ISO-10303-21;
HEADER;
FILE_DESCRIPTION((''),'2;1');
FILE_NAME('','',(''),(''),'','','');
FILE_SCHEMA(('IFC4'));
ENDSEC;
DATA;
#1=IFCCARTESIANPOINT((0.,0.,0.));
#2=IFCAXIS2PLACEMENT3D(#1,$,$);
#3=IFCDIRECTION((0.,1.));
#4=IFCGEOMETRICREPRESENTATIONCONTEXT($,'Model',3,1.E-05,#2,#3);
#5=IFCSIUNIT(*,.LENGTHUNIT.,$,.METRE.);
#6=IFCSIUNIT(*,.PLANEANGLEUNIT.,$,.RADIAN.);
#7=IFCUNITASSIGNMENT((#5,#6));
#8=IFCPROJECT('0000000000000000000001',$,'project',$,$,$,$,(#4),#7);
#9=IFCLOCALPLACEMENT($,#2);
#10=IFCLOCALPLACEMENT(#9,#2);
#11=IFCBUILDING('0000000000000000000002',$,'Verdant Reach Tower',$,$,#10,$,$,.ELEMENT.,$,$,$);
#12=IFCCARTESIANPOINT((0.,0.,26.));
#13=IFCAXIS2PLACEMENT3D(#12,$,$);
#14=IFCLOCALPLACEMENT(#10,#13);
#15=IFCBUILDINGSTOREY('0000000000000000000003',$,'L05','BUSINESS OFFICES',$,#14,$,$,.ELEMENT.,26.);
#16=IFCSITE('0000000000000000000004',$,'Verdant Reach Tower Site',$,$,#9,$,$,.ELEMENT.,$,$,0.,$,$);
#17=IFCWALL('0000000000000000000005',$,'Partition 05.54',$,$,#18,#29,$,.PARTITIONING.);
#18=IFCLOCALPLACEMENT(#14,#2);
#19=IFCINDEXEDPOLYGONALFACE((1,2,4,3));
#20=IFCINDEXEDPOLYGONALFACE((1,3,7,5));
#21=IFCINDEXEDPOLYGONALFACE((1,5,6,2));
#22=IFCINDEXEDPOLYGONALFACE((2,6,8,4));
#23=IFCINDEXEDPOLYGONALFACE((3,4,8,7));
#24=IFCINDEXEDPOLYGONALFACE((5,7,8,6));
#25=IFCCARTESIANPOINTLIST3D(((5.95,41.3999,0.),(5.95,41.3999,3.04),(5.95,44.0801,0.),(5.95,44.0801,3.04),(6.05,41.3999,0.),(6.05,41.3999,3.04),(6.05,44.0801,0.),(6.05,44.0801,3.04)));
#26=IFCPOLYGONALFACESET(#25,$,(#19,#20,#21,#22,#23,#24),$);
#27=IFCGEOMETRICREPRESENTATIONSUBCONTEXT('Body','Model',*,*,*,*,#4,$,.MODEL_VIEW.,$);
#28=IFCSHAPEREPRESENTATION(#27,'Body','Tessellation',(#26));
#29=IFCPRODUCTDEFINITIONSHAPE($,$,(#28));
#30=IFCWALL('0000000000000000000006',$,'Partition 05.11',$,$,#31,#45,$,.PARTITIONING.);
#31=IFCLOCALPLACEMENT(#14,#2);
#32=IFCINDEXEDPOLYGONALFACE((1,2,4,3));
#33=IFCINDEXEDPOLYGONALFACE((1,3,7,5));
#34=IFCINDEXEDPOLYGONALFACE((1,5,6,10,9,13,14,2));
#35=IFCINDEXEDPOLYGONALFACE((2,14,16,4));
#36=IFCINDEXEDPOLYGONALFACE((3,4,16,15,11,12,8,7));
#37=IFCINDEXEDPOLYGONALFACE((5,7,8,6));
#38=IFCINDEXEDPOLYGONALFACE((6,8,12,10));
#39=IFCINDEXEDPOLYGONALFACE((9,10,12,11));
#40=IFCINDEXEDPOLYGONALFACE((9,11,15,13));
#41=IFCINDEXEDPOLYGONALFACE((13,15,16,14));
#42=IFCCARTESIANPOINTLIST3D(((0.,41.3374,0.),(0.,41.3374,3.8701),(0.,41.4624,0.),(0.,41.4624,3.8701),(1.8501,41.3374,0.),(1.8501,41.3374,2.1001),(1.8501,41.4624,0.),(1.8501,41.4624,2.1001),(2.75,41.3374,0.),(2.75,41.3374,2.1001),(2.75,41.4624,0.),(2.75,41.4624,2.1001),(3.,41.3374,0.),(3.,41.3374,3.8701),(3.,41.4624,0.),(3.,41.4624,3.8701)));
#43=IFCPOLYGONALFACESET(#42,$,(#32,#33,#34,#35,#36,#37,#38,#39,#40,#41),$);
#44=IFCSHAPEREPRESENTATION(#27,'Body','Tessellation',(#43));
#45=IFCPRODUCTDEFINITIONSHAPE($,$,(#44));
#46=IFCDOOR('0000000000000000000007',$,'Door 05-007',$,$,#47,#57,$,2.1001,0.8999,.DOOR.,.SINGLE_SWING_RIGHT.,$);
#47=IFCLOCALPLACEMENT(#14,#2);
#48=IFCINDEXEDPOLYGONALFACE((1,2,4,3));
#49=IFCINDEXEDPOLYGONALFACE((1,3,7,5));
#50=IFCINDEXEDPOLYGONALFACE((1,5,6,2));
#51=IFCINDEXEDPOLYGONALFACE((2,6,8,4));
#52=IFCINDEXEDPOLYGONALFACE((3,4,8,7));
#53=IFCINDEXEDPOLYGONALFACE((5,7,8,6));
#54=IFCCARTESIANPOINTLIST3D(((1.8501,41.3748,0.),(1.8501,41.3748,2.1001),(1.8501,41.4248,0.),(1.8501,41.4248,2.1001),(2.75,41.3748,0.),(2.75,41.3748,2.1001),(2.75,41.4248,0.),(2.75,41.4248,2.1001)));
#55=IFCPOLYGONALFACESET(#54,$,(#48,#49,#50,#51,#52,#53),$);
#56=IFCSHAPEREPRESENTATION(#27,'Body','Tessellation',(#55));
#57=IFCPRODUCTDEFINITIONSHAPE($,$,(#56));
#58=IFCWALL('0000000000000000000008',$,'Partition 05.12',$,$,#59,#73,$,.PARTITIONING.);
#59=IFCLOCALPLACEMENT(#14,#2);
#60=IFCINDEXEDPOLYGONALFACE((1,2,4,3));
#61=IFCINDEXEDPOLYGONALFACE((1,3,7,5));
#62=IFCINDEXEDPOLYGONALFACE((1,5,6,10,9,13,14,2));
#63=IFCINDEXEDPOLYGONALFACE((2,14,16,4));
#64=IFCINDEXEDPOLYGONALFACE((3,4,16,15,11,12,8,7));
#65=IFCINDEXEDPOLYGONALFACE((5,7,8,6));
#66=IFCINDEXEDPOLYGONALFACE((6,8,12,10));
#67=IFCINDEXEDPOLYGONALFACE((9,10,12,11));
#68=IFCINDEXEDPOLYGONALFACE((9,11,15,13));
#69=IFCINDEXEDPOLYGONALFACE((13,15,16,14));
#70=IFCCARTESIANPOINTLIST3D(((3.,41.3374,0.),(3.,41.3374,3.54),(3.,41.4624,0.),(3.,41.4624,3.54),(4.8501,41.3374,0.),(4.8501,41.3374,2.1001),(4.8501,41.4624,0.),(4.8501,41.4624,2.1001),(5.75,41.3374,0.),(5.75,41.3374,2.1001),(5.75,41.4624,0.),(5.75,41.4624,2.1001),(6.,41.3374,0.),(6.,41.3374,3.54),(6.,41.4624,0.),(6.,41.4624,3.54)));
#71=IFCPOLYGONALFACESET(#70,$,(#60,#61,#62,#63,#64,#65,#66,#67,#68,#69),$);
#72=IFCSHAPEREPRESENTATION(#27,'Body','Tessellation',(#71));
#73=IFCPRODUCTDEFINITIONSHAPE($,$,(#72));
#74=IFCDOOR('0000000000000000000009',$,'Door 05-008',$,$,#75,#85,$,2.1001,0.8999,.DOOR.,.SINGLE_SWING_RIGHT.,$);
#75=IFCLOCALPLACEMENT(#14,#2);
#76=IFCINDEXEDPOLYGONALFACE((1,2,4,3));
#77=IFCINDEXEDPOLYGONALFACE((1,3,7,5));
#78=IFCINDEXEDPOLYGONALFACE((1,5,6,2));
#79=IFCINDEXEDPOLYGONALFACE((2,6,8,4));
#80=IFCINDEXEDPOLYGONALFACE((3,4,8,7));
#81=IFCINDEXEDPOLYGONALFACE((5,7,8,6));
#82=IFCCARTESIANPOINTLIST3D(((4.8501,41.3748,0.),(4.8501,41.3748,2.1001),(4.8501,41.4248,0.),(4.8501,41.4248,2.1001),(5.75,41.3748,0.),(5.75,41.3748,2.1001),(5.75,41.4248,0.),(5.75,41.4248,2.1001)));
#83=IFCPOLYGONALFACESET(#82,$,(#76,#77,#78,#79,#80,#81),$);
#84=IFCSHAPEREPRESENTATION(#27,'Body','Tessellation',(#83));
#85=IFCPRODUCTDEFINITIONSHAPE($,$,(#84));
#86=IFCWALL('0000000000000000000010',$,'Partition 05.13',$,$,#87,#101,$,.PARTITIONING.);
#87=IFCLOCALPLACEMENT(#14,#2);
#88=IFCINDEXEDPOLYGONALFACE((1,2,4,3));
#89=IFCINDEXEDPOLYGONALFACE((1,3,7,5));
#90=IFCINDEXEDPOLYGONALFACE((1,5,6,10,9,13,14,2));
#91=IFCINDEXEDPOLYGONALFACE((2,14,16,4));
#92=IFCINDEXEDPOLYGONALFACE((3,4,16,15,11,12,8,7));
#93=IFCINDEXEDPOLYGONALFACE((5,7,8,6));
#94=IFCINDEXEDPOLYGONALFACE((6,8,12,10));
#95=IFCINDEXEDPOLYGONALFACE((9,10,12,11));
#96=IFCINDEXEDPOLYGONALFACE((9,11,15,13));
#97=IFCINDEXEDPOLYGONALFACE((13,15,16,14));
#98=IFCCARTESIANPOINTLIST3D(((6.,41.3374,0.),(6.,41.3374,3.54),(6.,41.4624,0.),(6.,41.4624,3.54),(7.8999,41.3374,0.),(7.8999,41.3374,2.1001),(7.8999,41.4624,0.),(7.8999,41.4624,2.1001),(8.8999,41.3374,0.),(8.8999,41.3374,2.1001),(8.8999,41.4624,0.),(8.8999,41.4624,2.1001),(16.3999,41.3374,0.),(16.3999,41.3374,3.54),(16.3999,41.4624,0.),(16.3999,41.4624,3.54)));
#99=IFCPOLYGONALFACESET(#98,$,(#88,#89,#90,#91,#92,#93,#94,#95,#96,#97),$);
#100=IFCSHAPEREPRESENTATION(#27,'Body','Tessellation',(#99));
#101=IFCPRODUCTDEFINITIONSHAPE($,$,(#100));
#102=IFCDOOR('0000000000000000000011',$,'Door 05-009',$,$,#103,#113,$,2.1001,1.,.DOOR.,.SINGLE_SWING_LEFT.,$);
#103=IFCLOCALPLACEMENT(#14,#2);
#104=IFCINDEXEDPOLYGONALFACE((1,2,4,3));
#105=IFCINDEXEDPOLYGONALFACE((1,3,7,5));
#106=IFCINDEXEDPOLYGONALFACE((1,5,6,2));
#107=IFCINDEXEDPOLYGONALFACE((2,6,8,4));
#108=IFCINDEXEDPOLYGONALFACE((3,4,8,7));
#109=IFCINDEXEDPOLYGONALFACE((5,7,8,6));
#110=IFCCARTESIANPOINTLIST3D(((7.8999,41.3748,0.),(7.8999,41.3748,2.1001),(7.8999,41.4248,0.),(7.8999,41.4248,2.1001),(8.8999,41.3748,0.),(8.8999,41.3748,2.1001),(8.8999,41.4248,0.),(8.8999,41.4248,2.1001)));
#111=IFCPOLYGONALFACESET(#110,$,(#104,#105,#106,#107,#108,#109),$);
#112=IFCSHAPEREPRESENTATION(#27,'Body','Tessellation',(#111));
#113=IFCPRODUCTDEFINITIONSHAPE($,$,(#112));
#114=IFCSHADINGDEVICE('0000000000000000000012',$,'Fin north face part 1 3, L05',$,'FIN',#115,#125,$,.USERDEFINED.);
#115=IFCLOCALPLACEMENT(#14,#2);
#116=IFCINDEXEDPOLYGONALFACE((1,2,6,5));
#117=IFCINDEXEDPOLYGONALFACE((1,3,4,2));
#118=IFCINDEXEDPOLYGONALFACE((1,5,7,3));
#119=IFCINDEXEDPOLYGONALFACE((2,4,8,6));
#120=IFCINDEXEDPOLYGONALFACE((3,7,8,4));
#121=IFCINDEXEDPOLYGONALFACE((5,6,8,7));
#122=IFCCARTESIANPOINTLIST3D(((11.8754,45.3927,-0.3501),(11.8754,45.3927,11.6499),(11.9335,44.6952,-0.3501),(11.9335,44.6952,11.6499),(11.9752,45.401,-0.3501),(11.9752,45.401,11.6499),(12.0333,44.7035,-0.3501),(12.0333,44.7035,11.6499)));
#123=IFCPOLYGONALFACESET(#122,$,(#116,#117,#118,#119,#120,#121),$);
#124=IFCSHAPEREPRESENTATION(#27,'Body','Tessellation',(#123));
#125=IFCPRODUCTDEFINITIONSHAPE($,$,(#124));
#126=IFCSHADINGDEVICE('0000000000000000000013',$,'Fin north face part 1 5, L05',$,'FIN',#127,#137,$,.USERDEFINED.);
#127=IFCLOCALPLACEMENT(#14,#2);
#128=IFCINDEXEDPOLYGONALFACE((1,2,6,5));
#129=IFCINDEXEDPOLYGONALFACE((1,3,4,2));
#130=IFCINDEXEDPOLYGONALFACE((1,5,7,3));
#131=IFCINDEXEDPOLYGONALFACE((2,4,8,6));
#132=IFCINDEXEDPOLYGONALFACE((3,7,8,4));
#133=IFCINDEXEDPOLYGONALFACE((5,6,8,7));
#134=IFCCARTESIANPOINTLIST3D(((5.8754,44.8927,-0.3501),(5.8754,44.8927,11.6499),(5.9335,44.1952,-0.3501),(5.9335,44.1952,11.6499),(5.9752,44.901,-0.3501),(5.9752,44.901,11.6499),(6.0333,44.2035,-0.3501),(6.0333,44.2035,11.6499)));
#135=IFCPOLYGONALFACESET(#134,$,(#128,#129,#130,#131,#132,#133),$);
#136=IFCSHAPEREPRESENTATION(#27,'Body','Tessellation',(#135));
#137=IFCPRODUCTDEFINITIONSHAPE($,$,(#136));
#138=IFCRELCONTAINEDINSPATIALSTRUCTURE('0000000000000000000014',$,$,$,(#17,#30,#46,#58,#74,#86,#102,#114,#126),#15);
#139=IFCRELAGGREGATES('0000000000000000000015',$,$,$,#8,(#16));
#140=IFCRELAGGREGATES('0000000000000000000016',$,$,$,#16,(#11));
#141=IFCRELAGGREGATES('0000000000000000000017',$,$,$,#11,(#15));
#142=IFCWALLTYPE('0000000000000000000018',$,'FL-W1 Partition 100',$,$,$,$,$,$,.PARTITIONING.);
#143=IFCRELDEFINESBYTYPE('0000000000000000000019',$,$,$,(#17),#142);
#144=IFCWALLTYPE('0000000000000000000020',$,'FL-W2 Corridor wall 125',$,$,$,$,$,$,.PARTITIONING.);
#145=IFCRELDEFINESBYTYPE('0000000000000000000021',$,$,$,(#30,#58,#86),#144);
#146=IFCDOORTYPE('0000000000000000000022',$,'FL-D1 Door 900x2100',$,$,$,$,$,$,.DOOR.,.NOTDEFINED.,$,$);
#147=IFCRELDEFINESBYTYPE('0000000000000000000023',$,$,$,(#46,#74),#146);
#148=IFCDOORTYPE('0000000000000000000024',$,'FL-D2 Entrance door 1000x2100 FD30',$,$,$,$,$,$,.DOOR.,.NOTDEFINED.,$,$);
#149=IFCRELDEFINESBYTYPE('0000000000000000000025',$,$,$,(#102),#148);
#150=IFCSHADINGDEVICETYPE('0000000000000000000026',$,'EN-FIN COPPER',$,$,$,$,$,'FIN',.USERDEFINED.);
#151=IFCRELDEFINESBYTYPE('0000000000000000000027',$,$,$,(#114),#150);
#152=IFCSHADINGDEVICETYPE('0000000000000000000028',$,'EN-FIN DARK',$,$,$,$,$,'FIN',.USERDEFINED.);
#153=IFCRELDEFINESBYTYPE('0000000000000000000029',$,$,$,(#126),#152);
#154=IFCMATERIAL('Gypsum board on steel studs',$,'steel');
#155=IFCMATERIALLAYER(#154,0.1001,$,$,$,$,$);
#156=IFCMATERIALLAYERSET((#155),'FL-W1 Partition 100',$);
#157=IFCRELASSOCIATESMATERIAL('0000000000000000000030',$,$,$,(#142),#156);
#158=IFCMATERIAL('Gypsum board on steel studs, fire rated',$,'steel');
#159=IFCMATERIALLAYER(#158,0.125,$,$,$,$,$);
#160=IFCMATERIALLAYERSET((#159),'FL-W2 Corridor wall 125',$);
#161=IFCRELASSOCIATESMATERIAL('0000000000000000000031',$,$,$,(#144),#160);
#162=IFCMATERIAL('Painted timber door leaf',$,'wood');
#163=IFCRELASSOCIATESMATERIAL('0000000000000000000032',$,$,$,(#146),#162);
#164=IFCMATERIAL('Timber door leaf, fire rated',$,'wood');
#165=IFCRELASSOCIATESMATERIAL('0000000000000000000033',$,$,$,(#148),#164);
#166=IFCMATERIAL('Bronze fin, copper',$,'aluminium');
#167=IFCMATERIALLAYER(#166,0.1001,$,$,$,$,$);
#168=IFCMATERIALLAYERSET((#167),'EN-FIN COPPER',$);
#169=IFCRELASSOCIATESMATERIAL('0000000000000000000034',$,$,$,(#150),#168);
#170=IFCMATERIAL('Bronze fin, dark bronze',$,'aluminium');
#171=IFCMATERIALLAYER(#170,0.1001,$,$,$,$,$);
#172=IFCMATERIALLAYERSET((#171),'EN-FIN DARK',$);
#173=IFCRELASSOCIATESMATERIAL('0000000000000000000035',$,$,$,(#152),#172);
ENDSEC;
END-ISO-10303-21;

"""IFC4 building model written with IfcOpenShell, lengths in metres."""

from ifc_helpers import new_model, si_unit, direction, frame, frame_2d, origin, origin_2d, place, context, subcontext, project, spatial, rectangle, extrude, material, layer, layer_set, type_object, element, fill, save


model = new_model("IFC4")

# Units and contexts
model_context = context("Model", 3, precision=1e-05, world=origin(), true_north=direction((0.0, 1.0)))
body_context = subcontext(model_context, "Body", "Model", "MODEL_VIEW")
ifc_project = project(units=[si_unit("LENGTHUNIT", "METRE"), si_unit("PLANEANGLEUNIT", "RADIAN")], contexts=[model_context])

# Site, building, storey
site_placement = place(None, origin())
site = spatial("IfcSite", under=ifc_project, at=site_placement, Name="Verdant Reach Tower Site", CompositionType="ELEMENT", RefElevation=0.0)
building_placement = place(site_placement, origin())
building = spatial("IfcBuilding", under=site, at=building_placement, Name="Verdant Reach Tower", CompositionType="ELEMENT")
storey_placement = place(building_placement, frame((0.0, 0.0, 26.0)))
storey = spatial("IfcBuildingStorey", under=building, at=storey_placement, Name="L05", Description="BUSINESS OFFICES", CompositionType="ELEMENT", Elevation=26.0)

# Wall
ifc_material_1 = material(Name="Gypsum board on steel studs", Category="steel")
ifc_layer_1 = layer(ifc_material_1, 0.1001)
ifc_layer_set_1 = layer_set([ifc_layer_1], Name="FL-W1 Partition 100")
wall_type_1 = type_object("IfcWallType", Name="FL-W1 Partition 100", PredefinedType="PARTITIONING", material=ifc_layer_set_1)
wall_1_placement = place(storey_placement, frame((6.0, 41.3999, 0.0), z_axis=(0.0, 0.0, 1.0), x_axis=(0.0, 1.0, 0.0)))
element("IfcWall", 1, at=wall_1_placement, inside=storey, type_object=wall_type_1, Name="Partition 05.54", PredefinedType="PARTITIONING", context=body_context, shape_type="SweptSolid", body=[
    extrude(rectangle(XDim=2.6802, YDim=0.1001, at=frame_2d((1.3401, 0.0))), origin(), (0.0, 0.0, 1.0), 3.04),
])

# Walls, openings, doors
ifc_material_2 = material(Name="Gypsum board on steel studs, fire rated", Category="steel")
ifc_layer_2 = layer(ifc_material_2, 0.125)
ifc_layer_set_2 = layer_set([ifc_layer_2], Name="FL-W2 Corridor wall 125")
wall_type_2 = type_object("IfcWallType", Name="FL-W2 Corridor wall 125", PredefinedType="PARTITIONING", material=ifc_layer_set_2)
wall_2_placement = place(storey_placement, frame((0.0, 41.3999, 0.0), z_axis=(0.0, 0.0, 1.0), x_axis=(1.0, 0.0, 0.0)))
wall_2 = element("IfcWall", 2, at=wall_2_placement, inside=storey, type_object=wall_type_2, Name="Partition 05.11", PredefinedType="PARTITIONING", context=body_context, shape_type="SweptSolid", body=[
    extrude(rectangle(XDim=3.0, YDim=0.125, at=frame_2d((1.5, 0.0))), origin(), (0.0, 0.0, 1.0), 3.8701),
])
opening_1_placement = place(wall_2_placement, frame((1.8501, 0.0, 0.0)))
opening_1 = element("IfcOpeningElement", 3, at=opening_1_placement, cuts=wall_2, PredefinedType="OPENING", context=body_context, shape_type="SweptSolid", body=[
    extrude(rectangle(XDim=0.8999, YDim=2.1001, at=frame_2d((0.45, 1.05))), frame((0.0, 0.0725, 0.0), z_axis=(0.0, -1.0, 0.0), x_axis=(1.0, 0.0, 0.0)), (0.0, 0.0, 1.0), 0.145),
])
ifc_material_3 = material(Name="Painted timber door leaf", Category="wood")
door_type_1 = type_object("IfcDoorType", Name="FL-D1 Door 900x2100", OperationType="NOTDEFINED", PredefinedType="DOOR", material=ifc_material_3)
door_1_placement = place(opening_1_placement, origin())
door_1 = element("IfcDoor", 4, at=door_1_placement, inside=storey, type_object=door_type_1, Name="Door 05-007", OperationType="SINGLE_SWING_RIGHT", OverallHeight=2.1001, OverallWidth=0.8999, PredefinedType="DOOR", context=body_context, shape_type="SweptSolid", body=[
    extrude(rectangle(XDim=0.8999, YDim=2.1001, at=frame_2d((0.45, 1.05))), frame((0.0, 0.0249, 0.0), z_axis=(0.0, -1.0, 0.0), x_axis=(1.0, 0.0, 0.0)), (0.0, 0.0, 1.0), 0.05),
])
fill(opening_1, door_1)
wall_3_placement = place(storey_placement, frame((3.0, 41.3999, 0.0), z_axis=(0.0, 0.0, 1.0), x_axis=(1.0, 0.0, 0.0)))
wall_3 = element("IfcWall", 5, at=wall_3_placement, inside=storey, type_object=wall_type_2, Name="Partition 05.12", PredefinedType="PARTITIONING", context=body_context, shape_type="SweptSolid", body=[
    extrude(rectangle(XDim=3.0, YDim=0.125, at=frame_2d((1.5, 0.0))), origin(), (0.0, 0.0, 1.0), 3.54),
])
opening_2_placement = place(wall_3_placement, frame((1.8501, 0.0, 0.0)))
opening_2 = element("IfcOpeningElement", 6, at=opening_2_placement, cuts=wall_3, PredefinedType="OPENING", context=body_context, shape_type="SweptSolid", body=[
    extrude(rectangle(XDim=0.8999, YDim=2.1001, at=frame_2d((0.45, 1.05))), frame((0.0, 0.0725, 0.0), z_axis=(0.0, -1.0, 0.0), x_axis=(1.0, 0.0, 0.0)), (0.0, 0.0, 1.0), 0.145),
])
door_2_placement = place(opening_2_placement, origin())
door_2 = element("IfcDoor", 7, at=door_2_placement, inside=storey, type_object=door_type_1, Name="Door 05-008", OperationType="SINGLE_SWING_RIGHT", OverallHeight=2.1001, OverallWidth=0.8999, PredefinedType="DOOR", context=body_context, shape_type="SweptSolid", body=[
    extrude(rectangle(XDim=0.8999, YDim=2.1001, at=frame_2d((0.45, 1.05))), frame((0.0, 0.0249, 0.0), z_axis=(0.0, -1.0, 0.0), x_axis=(1.0, 0.0, 0.0)), (0.0, 0.0, 1.0), 0.05),
])
fill(opening_2, door_2)
wall_4_placement = place(storey_placement, frame((6.0, 41.3999, 0.0), z_axis=(0.0, 0.0, 1.0), x_axis=(1.0, 0.0, 0.0)))
wall_4 = element("IfcWall", 8, at=wall_4_placement, inside=storey, type_object=wall_type_2, Name="Partition 05.13", PredefinedType="PARTITIONING", context=body_context, shape_type="SweptSolid", body=[
    extrude(rectangle(XDim=10.3999, YDim=0.125, at=frame_2d((5.2, 0.0))), origin(), (0.0, 0.0, 1.0), 3.54),
])
opening_3_placement = place(wall_4_placement, frame((1.8999, 0.0, 0.0)))
opening_3 = element("IfcOpeningElement", 9, at=opening_3_placement, cuts=wall_4, PredefinedType="OPENING", context=body_context, shape_type="SweptSolid", body=[
    extrude(rectangle(XDim=1.0, YDim=2.1001, at=frame_2d((0.5, 1.05))), frame((0.0, 0.0725, 0.0), z_axis=(0.0, -1.0, 0.0), x_axis=(1.0, 0.0, 0.0)), (0.0, 0.0, 1.0), 0.145),
])
ifc_material_4 = material(Name="Timber door leaf, fire rated", Category="wood")
door_type_2 = type_object("IfcDoorType", Name="FL-D2 Entrance door 1000x2100 FD30", OperationType="NOTDEFINED", PredefinedType="DOOR", material=ifc_material_4)
door_3_placement = place(opening_3_placement, origin())
door_3 = element("IfcDoor", 10, at=door_3_placement, inside=storey, type_object=door_type_2, Name="Door 05-009", OperationType="SINGLE_SWING_LEFT", OverallHeight=2.1001, OverallWidth=1.0, PredefinedType="DOOR", context=body_context, shape_type="SweptSolid", body=[
    extrude(rectangle(XDim=1.0, YDim=2.1001, at=frame_2d((0.5, 1.05))), frame((0.0, 0.0249, 0.0), z_axis=(0.0, -1.0, 0.0), x_axis=(1.0, 0.0, 0.0)), (0.0, 0.0, 1.0), 0.05),
])
fill(opening_3, door_3)

# Shading devices
ifc_material_5 = material(Name="Bronze fin, copper", Category="aluminium")
ifc_layer_3 = layer(ifc_material_5, 0.1001)
ifc_layer_set_3 = layer_set([ifc_layer_3], Name="EN-FIN COPPER")
shading_device_type_1 = type_object("IfcShadingDeviceType", Name="EN-FIN COPPER", ElementType="FIN", PredefinedType="USERDEFINED", material=ifc_layer_set_3)
shading_device_1_placement = place(storey_placement, frame((11.9543, 45.0481, -0.3501), z_axis=(0.0, 0.0, 1.0), x_axis=(-0.996546, -0.083045, 0.0)))
element("IfcShadingDevice", 11, at=shading_device_1_placement, inside=storey, type_object=shading_device_type_1, Name="Fin north face part 1 3, L05", ObjectType="FIN", PredefinedType="USERDEFINED", context=body_context, shape_type="SweptSolid", body=[
    extrude(rectangle(XDim=0.1001, YDim=0.7, at=origin_2d()), origin(), (0.0, 0.0, 1.0), 12.0),
])
ifc_material_6 = material(Name="Bronze fin, dark bronze", Category="aluminium")
ifc_layer_4 = layer(ifc_material_6, 0.1001)
ifc_layer_set_4 = layer_set([ifc_layer_4], Name="EN-FIN DARK")
shading_device_type_2 = type_object("IfcShadingDeviceType", Name="EN-FIN DARK", ElementType="FIN", PredefinedType="USERDEFINED", material=ifc_layer_set_4)
shading_device_2_placement = place(storey_placement, frame((5.9543, 44.5481, -0.3501), z_axis=(0.0, 0.0, 1.0), x_axis=(-0.996546, -0.083045, 0.0)))
element("IfcShadingDevice", 12, at=shading_device_2_placement, inside=storey, type_object=shading_device_type_2, Name="Fin north face part 1 5, L05", ObjectType="FIN", PredefinedType="USERDEFINED", context=body_context, shape_type="SweptSolid", body=[
    extrude(rectangle(XDim=0.1001, YDim=0.7, at=origin_2d()), origin(), (0.0, 0.0, 1.0), 12.0),
])

save(model, "model.ifc")
